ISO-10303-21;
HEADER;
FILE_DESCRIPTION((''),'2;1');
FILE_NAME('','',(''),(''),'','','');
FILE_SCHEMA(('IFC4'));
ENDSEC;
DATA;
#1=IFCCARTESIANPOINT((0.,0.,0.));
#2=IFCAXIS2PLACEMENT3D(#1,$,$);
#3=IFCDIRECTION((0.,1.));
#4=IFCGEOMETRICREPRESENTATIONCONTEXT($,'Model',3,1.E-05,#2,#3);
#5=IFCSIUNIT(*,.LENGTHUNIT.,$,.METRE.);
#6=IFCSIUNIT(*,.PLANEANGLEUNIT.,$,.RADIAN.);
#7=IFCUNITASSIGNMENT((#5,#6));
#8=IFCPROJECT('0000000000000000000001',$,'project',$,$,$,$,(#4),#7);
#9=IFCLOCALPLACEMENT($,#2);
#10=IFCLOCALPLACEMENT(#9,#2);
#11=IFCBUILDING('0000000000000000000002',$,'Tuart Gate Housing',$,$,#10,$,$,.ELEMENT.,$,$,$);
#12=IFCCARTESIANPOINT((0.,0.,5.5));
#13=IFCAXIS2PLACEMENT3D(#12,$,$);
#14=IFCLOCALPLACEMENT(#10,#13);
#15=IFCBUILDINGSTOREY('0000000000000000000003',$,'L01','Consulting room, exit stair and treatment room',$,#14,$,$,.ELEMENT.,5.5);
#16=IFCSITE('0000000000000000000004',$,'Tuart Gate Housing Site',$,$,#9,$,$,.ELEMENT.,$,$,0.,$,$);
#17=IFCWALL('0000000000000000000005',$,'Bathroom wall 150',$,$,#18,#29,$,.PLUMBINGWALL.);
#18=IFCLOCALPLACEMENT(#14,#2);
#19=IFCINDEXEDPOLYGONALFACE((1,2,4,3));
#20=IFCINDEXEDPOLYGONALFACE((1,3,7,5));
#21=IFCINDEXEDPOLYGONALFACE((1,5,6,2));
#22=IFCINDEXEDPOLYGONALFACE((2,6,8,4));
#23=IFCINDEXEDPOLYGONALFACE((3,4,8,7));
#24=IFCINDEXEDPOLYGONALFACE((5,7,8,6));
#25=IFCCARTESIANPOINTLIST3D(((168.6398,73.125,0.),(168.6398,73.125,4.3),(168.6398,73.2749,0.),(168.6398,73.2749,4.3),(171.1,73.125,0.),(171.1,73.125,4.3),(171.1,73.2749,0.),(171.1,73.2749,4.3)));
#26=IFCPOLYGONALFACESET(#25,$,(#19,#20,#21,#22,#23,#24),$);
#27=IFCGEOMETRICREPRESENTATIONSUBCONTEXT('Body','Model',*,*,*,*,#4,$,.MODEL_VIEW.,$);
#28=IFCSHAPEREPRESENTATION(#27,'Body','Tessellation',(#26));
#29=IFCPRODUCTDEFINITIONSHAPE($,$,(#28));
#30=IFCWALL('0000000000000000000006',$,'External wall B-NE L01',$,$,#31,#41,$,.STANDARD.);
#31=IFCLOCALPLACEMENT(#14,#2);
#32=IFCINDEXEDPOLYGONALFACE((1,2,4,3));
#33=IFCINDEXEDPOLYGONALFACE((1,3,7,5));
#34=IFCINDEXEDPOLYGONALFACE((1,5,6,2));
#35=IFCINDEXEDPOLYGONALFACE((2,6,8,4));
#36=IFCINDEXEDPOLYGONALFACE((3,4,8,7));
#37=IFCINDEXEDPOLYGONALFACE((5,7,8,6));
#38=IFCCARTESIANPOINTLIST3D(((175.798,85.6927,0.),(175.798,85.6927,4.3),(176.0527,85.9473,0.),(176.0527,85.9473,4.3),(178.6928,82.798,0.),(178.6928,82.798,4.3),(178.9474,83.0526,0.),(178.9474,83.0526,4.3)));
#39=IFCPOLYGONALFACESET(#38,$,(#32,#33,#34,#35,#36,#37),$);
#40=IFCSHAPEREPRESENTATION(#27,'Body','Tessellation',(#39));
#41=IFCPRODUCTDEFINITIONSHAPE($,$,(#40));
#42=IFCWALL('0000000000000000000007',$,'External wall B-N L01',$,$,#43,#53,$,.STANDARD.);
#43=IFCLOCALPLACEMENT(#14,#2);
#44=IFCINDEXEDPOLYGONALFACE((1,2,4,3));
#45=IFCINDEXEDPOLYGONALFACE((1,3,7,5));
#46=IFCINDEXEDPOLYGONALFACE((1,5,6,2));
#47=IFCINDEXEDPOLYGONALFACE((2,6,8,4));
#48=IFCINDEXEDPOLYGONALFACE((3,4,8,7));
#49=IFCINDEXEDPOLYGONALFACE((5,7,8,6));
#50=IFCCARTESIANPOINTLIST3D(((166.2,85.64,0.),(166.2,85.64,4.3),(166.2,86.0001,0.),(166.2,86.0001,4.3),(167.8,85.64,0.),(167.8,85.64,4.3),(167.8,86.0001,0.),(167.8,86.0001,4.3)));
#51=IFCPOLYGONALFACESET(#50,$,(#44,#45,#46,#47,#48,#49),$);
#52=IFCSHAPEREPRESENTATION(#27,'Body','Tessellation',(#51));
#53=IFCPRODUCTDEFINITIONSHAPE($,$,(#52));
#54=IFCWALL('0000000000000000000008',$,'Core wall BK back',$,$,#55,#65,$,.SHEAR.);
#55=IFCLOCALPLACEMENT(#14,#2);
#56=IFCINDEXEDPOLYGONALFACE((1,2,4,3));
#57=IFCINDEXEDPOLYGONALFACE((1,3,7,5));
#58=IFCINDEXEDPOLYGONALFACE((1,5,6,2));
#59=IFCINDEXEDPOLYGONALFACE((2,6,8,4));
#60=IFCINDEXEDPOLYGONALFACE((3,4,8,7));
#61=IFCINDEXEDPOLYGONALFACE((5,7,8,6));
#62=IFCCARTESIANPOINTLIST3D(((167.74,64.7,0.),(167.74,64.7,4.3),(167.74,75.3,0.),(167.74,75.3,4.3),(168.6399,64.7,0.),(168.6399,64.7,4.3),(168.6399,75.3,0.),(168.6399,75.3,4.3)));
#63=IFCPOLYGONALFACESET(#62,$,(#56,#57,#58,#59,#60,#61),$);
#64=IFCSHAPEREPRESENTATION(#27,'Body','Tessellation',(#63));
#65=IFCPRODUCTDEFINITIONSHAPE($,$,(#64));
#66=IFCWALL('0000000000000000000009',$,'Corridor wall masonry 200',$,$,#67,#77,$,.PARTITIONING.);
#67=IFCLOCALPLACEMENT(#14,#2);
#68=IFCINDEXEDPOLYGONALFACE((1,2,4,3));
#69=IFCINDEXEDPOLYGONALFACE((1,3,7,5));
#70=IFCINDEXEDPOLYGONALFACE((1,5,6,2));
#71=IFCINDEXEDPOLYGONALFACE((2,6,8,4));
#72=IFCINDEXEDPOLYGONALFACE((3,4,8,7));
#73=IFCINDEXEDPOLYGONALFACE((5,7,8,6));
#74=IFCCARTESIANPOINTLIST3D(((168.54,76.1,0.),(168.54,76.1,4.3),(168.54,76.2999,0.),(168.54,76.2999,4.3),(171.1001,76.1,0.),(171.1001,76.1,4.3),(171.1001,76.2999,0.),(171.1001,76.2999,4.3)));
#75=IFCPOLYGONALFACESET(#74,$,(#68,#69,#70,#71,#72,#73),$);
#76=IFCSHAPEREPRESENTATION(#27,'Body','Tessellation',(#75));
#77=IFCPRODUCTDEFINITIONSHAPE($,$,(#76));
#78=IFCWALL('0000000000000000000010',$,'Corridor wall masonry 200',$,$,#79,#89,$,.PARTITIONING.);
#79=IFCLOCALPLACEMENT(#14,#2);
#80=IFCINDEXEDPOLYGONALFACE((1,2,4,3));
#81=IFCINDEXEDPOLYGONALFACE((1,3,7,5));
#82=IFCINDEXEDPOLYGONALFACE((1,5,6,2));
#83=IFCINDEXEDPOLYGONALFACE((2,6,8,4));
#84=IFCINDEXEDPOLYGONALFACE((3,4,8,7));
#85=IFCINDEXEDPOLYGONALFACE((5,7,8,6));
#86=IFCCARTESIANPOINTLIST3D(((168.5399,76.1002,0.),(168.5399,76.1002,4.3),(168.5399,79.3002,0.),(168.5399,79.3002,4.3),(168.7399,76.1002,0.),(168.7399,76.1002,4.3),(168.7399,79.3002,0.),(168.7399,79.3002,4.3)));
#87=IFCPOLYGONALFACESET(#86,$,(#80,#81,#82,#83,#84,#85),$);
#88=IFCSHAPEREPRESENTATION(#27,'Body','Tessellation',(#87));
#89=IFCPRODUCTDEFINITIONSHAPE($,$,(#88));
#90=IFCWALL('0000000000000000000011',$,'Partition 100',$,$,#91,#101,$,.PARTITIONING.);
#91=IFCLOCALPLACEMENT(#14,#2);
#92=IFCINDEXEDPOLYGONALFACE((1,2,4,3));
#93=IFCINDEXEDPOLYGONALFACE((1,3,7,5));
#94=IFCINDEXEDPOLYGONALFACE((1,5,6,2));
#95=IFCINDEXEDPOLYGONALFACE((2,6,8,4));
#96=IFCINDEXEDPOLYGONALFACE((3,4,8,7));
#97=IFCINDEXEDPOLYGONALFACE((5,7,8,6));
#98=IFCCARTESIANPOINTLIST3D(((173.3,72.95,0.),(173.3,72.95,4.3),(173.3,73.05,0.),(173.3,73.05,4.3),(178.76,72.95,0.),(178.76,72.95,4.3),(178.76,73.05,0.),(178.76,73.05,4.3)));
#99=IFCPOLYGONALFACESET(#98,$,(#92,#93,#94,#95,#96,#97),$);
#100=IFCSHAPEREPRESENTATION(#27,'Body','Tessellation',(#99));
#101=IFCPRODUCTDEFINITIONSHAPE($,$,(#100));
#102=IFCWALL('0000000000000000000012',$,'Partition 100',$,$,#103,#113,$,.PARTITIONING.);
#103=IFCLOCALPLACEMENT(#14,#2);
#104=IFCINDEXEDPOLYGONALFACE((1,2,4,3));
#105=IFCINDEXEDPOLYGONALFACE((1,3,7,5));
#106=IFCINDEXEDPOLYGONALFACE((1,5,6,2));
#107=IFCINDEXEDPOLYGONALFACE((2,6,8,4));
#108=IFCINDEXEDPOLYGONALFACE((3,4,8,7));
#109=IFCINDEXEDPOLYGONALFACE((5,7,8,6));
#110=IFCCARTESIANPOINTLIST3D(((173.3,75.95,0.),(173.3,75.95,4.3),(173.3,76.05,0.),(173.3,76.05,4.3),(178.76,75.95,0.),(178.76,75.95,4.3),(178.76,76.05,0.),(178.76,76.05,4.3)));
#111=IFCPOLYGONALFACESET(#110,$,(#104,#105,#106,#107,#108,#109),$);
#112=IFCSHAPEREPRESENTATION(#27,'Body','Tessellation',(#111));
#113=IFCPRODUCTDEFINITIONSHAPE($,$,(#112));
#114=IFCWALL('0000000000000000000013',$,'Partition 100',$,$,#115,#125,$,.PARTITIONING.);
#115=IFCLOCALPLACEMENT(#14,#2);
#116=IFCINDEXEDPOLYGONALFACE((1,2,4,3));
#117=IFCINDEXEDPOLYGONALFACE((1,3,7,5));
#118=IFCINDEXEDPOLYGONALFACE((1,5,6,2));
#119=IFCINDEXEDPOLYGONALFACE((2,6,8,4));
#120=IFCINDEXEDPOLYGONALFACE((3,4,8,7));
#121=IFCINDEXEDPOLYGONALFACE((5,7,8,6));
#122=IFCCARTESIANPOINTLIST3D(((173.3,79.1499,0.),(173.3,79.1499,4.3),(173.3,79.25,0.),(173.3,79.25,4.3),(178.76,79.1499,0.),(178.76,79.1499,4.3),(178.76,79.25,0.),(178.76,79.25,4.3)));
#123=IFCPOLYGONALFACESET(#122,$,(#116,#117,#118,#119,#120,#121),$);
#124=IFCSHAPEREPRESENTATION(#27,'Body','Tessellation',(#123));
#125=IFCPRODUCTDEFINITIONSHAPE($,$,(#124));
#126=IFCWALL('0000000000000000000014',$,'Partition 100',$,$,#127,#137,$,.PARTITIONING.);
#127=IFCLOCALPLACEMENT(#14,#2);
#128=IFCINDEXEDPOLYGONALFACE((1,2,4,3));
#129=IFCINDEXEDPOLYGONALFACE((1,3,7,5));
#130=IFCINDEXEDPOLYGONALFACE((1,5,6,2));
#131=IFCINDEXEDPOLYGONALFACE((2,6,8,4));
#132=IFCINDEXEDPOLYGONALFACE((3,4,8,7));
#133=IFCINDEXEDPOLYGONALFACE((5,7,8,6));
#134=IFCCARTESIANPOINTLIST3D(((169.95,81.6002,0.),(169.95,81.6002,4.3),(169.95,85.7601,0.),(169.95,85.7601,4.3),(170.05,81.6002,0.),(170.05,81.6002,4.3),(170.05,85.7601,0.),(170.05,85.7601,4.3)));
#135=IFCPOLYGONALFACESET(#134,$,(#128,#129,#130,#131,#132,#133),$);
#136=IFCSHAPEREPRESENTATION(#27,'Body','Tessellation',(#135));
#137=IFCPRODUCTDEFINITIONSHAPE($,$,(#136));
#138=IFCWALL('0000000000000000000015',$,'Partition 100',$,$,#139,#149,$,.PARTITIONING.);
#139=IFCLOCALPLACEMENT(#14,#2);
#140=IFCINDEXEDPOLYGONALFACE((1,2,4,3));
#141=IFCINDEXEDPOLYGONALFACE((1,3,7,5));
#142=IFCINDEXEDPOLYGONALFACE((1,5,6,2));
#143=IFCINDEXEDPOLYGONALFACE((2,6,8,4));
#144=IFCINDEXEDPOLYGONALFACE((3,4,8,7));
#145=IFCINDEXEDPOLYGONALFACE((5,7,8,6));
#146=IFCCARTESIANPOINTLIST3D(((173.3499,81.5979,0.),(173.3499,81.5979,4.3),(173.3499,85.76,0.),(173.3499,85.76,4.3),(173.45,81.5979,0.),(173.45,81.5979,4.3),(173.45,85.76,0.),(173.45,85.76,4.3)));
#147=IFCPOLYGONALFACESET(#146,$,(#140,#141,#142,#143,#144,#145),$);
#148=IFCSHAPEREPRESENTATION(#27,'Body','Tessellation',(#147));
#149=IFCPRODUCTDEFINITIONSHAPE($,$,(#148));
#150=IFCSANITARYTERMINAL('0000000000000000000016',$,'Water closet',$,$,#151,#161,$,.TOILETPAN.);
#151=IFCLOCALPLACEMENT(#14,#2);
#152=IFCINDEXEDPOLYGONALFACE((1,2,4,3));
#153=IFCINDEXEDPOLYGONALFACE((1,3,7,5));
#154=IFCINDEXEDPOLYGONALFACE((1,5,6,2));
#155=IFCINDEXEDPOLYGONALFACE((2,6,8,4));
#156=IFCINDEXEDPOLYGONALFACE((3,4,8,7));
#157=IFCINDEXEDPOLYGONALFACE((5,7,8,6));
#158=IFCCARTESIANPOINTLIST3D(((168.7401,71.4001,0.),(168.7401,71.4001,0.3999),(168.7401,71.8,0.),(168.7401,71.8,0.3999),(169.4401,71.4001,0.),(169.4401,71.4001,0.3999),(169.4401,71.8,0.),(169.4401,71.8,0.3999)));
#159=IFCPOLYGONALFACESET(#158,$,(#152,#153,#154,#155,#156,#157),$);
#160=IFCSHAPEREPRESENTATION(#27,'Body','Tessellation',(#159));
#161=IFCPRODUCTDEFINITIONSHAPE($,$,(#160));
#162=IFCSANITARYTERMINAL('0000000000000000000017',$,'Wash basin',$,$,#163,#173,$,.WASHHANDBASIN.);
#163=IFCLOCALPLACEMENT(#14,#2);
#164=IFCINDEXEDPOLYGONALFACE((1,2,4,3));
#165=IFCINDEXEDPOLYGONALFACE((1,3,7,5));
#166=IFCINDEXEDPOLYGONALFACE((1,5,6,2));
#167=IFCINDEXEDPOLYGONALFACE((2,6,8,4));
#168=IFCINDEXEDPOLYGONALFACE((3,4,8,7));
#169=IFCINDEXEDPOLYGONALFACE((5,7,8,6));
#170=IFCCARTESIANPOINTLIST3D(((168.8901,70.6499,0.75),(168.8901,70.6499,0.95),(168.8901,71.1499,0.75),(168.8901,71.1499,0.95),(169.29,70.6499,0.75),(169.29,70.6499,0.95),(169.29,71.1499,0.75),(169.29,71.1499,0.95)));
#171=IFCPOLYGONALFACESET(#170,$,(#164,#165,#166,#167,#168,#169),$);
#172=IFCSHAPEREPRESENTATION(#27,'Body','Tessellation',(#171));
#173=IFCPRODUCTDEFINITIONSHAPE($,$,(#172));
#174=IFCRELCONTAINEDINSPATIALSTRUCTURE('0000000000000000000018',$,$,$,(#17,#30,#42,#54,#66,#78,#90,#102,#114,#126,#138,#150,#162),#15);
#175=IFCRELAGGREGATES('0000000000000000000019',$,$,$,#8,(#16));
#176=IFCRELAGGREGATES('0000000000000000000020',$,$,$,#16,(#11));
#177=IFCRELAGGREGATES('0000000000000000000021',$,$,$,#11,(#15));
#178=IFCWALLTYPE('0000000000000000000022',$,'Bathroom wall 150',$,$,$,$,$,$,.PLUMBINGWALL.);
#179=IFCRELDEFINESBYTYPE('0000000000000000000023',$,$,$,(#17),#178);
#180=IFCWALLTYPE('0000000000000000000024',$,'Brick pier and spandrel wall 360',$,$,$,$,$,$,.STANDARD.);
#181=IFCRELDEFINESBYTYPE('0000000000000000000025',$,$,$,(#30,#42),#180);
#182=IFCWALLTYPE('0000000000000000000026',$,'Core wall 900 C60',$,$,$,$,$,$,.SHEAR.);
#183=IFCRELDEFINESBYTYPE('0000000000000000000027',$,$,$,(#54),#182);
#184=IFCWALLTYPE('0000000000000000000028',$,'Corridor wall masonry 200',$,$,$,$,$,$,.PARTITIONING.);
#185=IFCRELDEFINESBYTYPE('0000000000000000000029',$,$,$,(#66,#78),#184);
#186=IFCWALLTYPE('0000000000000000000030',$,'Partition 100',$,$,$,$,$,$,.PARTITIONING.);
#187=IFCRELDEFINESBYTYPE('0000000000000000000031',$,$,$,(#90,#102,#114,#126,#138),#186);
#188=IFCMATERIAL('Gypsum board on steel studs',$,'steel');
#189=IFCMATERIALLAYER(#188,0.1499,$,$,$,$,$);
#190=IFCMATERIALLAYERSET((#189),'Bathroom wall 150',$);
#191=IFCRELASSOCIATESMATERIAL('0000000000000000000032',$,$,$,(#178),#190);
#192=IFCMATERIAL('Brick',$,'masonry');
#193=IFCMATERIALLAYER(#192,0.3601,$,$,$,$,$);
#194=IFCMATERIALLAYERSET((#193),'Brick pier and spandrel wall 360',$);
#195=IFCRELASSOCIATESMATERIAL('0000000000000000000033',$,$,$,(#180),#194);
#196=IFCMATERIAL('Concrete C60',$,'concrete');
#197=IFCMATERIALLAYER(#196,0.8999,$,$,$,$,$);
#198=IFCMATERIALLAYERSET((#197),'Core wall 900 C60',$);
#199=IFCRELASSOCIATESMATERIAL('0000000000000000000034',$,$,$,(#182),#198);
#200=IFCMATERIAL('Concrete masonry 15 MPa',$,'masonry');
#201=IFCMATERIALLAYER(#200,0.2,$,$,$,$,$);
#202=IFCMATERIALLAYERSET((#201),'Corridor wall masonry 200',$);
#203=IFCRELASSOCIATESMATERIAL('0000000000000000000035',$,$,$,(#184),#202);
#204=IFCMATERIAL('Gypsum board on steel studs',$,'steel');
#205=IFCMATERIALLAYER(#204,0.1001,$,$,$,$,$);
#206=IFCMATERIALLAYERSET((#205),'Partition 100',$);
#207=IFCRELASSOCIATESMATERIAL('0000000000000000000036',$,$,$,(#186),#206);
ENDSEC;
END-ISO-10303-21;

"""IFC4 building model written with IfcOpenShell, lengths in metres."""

from ifc_helpers import new_model, si_unit, direction, frame, frame_2d, origin, origin_2d, place, context, subcontext, project, spatial, rectangle, extrude, material, layer, layer_set, type_object, element, save


model = new_model("IFC4")

# Units and contexts
model_context = context("Model", 3, precision=1e-05, world=origin(), true_north=direction((0.0, 1.0)))
body_context = subcontext(model_context, "Body", "Model", "MODEL_VIEW")
ifc_project = project(units=[si_unit("LENGTHUNIT", "METRE"), si_unit("PLANEANGLEUNIT", "RADIAN")], contexts=[model_context])

# Site, building, storey
site_placement = place(None, origin())
site = spatial("IfcSite", under=ifc_project, at=site_placement, Name="Tuart Gate Housing Site", CompositionType="ELEMENT", RefElevation=0.0)
building_placement = place(site_placement, origin())
building = spatial("IfcBuilding", under=site, at=building_placement, Name="Tuart Gate Housing", CompositionType="ELEMENT")
storey_placement = place(building_placement, frame((0.0, 0.0, 5.5)))
storey = spatial("IfcBuildingStorey", under=building, at=storey_placement, Name="L01", Description="Consulting room, exit stair and treatment room", CompositionType="ELEMENT", Elevation=5.5)

# Walls
ifc_material_1 = material(Name="Gypsum board on steel studs", Category="steel")
ifc_layer_1 = layer(ifc_material_1, 0.1499)
ifc_layer_set_1 = layer_set([ifc_layer_1], Name="Bathroom wall 150")
wall_type_1 = type_object("IfcWallType", Name="Bathroom wall 150", PredefinedType="PLUMBINGWALL", material=ifc_layer_set_1)
wall_1_placement = place(storey_placement, frame((168.6399, 73.2, 0.0), z_axis=(0.0, 0.0, 1.0), x_axis=(1.0, 0.0, 0.0)))
element("IfcWall", 1, at=wall_1_placement, inside=storey, type_object=wall_type_1, Name="Bathroom wall 150", PredefinedType="PLUMBINGWALL", context=body_context, shape_type="SweptSolid", body=[
    extrude(rectangle(XDim=2.4602, YDim=0.1499, at=frame_2d((1.23, 0.0))), origin(), (0.0, 0.0, 1.0), 4.3),
])
ifc_material_2 = material(Name="Brick", Category="masonry")
ifc_layer_2 = layer(ifc_material_2, 0.3601)
ifc_layer_set_2 = layer_set([ifc_layer_2], Name="Brick pier and spandrel wall 360")
wall_type_2 = type_object("IfcWallType", Name="Brick pier and spandrel wall 360", PredefinedType="STANDARD", material=ifc_layer_set_2)
wall_2_placement = place(storey_placement, frame((178.8201, 82.9253, 0.0), z_axis=(0.0, 0.0, 1.0), x_axis=(-0.707107, 0.707107, 0.0)))
element("IfcWall", 2, at=wall_2_placement, inside=storey, type_object=wall_type_2, Name="External wall B-NE L01", PredefinedType="STANDARD", context=body_context, shape_type="SweptSolid", body=[
    extrude(rectangle(XDim=4.0938, YDim=0.3601, at=frame_2d((2.0469, 0.0))), origin(), (0.0, 0.0, 1.0), 4.3),
])
wall_3_placement = place(storey_placement, frame((167.8, 85.8201, 0.0), z_axis=(0.0, 0.0, 1.0), x_axis=(-1.0, 0.0, 0.0)))
element("IfcWall", 3, at=wall_3_placement, inside=storey, type_object=wall_type_2, Name="External wall B-N L01", PredefinedType="STANDARD", context=body_context, shape_type="SweptSolid", body=[
    extrude(rectangle(XDim=1.6001, YDim=0.3601, at=frame_2d((0.8, 0.0))), origin(), (0.0, 0.0, 1.0), 4.3),
])
ifc_material_3 = material(Name="Concrete C60", Category="concrete")
ifc_layer_3 = layer(ifc_material_3, 0.8999)
ifc_layer_set_3 = layer_set([ifc_layer_3], Name="Core wall 900 C60")
wall_type_3 = type_object("IfcWallType", Name="Core wall 900 C60", PredefinedType="SHEAR", material=ifc_layer_set_3)
wall_4_placement = place(storey_placement, frame((168.1899, 75.3, 0.0), z_axis=(0.0, 0.0, 1.0), x_axis=(0.0, -1.0, 0.0)))
element("IfcWall", 4, at=wall_4_placement, inside=storey, type_object=wall_type_3, Name="Core wall BK back", PredefinedType="SHEAR", context=body_context, shape_type="SweptSolid", body=[
    extrude(rectangle(XDim=10.6001, YDim=0.8999, at=frame_2d((5.3, 0.0))), origin(), (0.0, 0.0, 1.0), 4.3),
])
ifc_material_4 = material(Name="Concrete masonry 15 MPa", Category="masonry")
ifc_layer_4 = layer(ifc_material_4, 0.2)
ifc_layer_set_4 = layer_set([ifc_layer_4], Name="Corridor wall masonry 200")
wall_type_4 = type_object("IfcWallType", Name="Corridor wall masonry 200", PredefinedType="PARTITIONING", material=ifc_layer_set_4)
wall_5_placement = place(storey_placement, frame((168.54, 76.2, 0.0), z_axis=(0.0, 0.0, 1.0), x_axis=(1.0, 0.0, 0.0)))
element("IfcWall", 5, at=wall_5_placement, inside=storey, type_object=wall_type_4, Name="Corridor wall masonry 200", PredefinedType="PARTITIONING", context=body_context, shape_type="SweptSolid", body=[
    extrude(rectangle(XDim=2.5601, YDim=0.2, at=frame_2d((1.28, 0.0))), origin(), (0.0, 0.0, 1.0), 4.3),
])
wall_6_placement = place(storey_placement, frame((168.6399, 76.1001, 0.0), z_axis=(0.0, 0.0, 1.0), x_axis=(0.0, 1.0, 0.0)))
element("IfcWall", 6, at=wall_6_placement, inside=storey, type_object=wall_type_4, Name="Corridor wall masonry 200", PredefinedType="PARTITIONING", context=body_context, shape_type="SweptSolid", body=[
    extrude(rectangle(XDim=3.2, YDim=0.2, at=frame_2d((1.6001, 0.0))), origin(), (0.0, 0.0, 1.0), 4.3),
])
ifc_material_5 = material(Name="Gypsum board on steel studs", Category="steel")
ifc_layer_5 = layer(ifc_material_5, 0.1001)
ifc_layer_set_5 = layer_set([ifc_layer_5], Name="Partition 100")
wall_type_5 = type_object("IfcWallType", Name="Partition 100", PredefinedType="PARTITIONING", material=ifc_layer_set_5)
for number, where, z_axis, x_axis, name in (
    (7, (173.3, 73.0, 0.0), (0.0, 0.0, 1.0), (1.0, 0.0, 0.0), "Partition 100"),
    (8, (173.3, 76.0, 0.0), (0.0, 0.0, 1.0), (1.0, 0.0, 0.0), "Partition 100"),
    (9, (173.3, 79.2, 0.0), (0.0, 0.0, 1.0), (1.0, 0.0, 0.0), "Partition 100"),
):
    element("IfcWall", number, at=place(storey_placement, frame(where, z_axis=z_axis, x_axis=x_axis)), inside=storey, type_object=wall_type_5, Name=name, PredefinedType="PARTITIONING", context=body_context, shape_type="SweptSolid", body=[
        extrude(rectangle(XDim=5.46, YDim=0.1001, at=frame_2d((2.73, 0.0))), origin(), (0.0, 0.0, 1.0), 4.3),
    ])
wall_7_placement = place(storey_placement, frame((170.0, 81.6001, 0.0), z_axis=(0.0, 0.0, 1.0), x_axis=(0.0, 1.0, 0.0)))
element("IfcWall", 10, at=wall_7_placement, inside=storey, type_object=wall_type_5, Name="Partition 100", PredefinedType="PARTITIONING", context=body_context, shape_type="SweptSolid", body=[
    extrude(rectangle(XDim=4.1599, YDim=0.1001, at=frame_2d((2.0801, 0.0))), origin(), (0.0, 0.0, 1.0), 4.3),
])
wall_8_placement = place(storey_placement, frame((173.3999, 81.5979, 0.0), z_axis=(0.0, 0.0, 1.0), x_axis=(0.0, 1.0, 0.0)))
element("IfcWall", 11, at=wall_8_placement, inside=storey, type_object=wall_type_5, Name="Partition 100", PredefinedType="PARTITIONING", context=body_context, shape_type="SweptSolid", body=[
    extrude(rectangle(XDim=4.1621, YDim=0.1001, at=frame_2d((2.0811, 0.0))), origin(), (0.0, 0.0, 1.0), 4.3),
])

# Sanitary terminals
sanitary_terminal_1_placement = place(storey_placement, frame((169.0901, 71.6001, 0.0), z_axis=(0.0, 0.0, 1.0), x_axis=(1.0, 0.0, 0.0)))
element("IfcSanitaryTerminal", 12, at=sanitary_terminal_1_placement, inside=storey, Name="Water closet", PredefinedType="TOILETPAN", context=body_context, shape_type="SweptSolid", body=[
    extrude(rectangle(XDim=0.7, YDim=0.3999, at=origin_2d()), origin(), (0.0, 0.0, 1.0), 0.3999),
])
sanitary_terminal_2_placement = place(storey_placement, frame((169.0901, 70.8999, 0.75), z_axis=(0.0, 0.0, 1.0), x_axis=(1.0, 0.0, 0.0)))
element("IfcSanitaryTerminal", 13, at=sanitary_terminal_2_placement, inside=storey, Name="Wash basin", PredefinedType="WASHHANDBASIN", context=body_context, shape_type="SweptSolid", body=[
    extrude(rectangle(XDim=0.3999, YDim=0.5, at=origin_2d()), origin(), (0.0, 0.0, 1.0), 0.2),
])

save(model, "model.ifc")
